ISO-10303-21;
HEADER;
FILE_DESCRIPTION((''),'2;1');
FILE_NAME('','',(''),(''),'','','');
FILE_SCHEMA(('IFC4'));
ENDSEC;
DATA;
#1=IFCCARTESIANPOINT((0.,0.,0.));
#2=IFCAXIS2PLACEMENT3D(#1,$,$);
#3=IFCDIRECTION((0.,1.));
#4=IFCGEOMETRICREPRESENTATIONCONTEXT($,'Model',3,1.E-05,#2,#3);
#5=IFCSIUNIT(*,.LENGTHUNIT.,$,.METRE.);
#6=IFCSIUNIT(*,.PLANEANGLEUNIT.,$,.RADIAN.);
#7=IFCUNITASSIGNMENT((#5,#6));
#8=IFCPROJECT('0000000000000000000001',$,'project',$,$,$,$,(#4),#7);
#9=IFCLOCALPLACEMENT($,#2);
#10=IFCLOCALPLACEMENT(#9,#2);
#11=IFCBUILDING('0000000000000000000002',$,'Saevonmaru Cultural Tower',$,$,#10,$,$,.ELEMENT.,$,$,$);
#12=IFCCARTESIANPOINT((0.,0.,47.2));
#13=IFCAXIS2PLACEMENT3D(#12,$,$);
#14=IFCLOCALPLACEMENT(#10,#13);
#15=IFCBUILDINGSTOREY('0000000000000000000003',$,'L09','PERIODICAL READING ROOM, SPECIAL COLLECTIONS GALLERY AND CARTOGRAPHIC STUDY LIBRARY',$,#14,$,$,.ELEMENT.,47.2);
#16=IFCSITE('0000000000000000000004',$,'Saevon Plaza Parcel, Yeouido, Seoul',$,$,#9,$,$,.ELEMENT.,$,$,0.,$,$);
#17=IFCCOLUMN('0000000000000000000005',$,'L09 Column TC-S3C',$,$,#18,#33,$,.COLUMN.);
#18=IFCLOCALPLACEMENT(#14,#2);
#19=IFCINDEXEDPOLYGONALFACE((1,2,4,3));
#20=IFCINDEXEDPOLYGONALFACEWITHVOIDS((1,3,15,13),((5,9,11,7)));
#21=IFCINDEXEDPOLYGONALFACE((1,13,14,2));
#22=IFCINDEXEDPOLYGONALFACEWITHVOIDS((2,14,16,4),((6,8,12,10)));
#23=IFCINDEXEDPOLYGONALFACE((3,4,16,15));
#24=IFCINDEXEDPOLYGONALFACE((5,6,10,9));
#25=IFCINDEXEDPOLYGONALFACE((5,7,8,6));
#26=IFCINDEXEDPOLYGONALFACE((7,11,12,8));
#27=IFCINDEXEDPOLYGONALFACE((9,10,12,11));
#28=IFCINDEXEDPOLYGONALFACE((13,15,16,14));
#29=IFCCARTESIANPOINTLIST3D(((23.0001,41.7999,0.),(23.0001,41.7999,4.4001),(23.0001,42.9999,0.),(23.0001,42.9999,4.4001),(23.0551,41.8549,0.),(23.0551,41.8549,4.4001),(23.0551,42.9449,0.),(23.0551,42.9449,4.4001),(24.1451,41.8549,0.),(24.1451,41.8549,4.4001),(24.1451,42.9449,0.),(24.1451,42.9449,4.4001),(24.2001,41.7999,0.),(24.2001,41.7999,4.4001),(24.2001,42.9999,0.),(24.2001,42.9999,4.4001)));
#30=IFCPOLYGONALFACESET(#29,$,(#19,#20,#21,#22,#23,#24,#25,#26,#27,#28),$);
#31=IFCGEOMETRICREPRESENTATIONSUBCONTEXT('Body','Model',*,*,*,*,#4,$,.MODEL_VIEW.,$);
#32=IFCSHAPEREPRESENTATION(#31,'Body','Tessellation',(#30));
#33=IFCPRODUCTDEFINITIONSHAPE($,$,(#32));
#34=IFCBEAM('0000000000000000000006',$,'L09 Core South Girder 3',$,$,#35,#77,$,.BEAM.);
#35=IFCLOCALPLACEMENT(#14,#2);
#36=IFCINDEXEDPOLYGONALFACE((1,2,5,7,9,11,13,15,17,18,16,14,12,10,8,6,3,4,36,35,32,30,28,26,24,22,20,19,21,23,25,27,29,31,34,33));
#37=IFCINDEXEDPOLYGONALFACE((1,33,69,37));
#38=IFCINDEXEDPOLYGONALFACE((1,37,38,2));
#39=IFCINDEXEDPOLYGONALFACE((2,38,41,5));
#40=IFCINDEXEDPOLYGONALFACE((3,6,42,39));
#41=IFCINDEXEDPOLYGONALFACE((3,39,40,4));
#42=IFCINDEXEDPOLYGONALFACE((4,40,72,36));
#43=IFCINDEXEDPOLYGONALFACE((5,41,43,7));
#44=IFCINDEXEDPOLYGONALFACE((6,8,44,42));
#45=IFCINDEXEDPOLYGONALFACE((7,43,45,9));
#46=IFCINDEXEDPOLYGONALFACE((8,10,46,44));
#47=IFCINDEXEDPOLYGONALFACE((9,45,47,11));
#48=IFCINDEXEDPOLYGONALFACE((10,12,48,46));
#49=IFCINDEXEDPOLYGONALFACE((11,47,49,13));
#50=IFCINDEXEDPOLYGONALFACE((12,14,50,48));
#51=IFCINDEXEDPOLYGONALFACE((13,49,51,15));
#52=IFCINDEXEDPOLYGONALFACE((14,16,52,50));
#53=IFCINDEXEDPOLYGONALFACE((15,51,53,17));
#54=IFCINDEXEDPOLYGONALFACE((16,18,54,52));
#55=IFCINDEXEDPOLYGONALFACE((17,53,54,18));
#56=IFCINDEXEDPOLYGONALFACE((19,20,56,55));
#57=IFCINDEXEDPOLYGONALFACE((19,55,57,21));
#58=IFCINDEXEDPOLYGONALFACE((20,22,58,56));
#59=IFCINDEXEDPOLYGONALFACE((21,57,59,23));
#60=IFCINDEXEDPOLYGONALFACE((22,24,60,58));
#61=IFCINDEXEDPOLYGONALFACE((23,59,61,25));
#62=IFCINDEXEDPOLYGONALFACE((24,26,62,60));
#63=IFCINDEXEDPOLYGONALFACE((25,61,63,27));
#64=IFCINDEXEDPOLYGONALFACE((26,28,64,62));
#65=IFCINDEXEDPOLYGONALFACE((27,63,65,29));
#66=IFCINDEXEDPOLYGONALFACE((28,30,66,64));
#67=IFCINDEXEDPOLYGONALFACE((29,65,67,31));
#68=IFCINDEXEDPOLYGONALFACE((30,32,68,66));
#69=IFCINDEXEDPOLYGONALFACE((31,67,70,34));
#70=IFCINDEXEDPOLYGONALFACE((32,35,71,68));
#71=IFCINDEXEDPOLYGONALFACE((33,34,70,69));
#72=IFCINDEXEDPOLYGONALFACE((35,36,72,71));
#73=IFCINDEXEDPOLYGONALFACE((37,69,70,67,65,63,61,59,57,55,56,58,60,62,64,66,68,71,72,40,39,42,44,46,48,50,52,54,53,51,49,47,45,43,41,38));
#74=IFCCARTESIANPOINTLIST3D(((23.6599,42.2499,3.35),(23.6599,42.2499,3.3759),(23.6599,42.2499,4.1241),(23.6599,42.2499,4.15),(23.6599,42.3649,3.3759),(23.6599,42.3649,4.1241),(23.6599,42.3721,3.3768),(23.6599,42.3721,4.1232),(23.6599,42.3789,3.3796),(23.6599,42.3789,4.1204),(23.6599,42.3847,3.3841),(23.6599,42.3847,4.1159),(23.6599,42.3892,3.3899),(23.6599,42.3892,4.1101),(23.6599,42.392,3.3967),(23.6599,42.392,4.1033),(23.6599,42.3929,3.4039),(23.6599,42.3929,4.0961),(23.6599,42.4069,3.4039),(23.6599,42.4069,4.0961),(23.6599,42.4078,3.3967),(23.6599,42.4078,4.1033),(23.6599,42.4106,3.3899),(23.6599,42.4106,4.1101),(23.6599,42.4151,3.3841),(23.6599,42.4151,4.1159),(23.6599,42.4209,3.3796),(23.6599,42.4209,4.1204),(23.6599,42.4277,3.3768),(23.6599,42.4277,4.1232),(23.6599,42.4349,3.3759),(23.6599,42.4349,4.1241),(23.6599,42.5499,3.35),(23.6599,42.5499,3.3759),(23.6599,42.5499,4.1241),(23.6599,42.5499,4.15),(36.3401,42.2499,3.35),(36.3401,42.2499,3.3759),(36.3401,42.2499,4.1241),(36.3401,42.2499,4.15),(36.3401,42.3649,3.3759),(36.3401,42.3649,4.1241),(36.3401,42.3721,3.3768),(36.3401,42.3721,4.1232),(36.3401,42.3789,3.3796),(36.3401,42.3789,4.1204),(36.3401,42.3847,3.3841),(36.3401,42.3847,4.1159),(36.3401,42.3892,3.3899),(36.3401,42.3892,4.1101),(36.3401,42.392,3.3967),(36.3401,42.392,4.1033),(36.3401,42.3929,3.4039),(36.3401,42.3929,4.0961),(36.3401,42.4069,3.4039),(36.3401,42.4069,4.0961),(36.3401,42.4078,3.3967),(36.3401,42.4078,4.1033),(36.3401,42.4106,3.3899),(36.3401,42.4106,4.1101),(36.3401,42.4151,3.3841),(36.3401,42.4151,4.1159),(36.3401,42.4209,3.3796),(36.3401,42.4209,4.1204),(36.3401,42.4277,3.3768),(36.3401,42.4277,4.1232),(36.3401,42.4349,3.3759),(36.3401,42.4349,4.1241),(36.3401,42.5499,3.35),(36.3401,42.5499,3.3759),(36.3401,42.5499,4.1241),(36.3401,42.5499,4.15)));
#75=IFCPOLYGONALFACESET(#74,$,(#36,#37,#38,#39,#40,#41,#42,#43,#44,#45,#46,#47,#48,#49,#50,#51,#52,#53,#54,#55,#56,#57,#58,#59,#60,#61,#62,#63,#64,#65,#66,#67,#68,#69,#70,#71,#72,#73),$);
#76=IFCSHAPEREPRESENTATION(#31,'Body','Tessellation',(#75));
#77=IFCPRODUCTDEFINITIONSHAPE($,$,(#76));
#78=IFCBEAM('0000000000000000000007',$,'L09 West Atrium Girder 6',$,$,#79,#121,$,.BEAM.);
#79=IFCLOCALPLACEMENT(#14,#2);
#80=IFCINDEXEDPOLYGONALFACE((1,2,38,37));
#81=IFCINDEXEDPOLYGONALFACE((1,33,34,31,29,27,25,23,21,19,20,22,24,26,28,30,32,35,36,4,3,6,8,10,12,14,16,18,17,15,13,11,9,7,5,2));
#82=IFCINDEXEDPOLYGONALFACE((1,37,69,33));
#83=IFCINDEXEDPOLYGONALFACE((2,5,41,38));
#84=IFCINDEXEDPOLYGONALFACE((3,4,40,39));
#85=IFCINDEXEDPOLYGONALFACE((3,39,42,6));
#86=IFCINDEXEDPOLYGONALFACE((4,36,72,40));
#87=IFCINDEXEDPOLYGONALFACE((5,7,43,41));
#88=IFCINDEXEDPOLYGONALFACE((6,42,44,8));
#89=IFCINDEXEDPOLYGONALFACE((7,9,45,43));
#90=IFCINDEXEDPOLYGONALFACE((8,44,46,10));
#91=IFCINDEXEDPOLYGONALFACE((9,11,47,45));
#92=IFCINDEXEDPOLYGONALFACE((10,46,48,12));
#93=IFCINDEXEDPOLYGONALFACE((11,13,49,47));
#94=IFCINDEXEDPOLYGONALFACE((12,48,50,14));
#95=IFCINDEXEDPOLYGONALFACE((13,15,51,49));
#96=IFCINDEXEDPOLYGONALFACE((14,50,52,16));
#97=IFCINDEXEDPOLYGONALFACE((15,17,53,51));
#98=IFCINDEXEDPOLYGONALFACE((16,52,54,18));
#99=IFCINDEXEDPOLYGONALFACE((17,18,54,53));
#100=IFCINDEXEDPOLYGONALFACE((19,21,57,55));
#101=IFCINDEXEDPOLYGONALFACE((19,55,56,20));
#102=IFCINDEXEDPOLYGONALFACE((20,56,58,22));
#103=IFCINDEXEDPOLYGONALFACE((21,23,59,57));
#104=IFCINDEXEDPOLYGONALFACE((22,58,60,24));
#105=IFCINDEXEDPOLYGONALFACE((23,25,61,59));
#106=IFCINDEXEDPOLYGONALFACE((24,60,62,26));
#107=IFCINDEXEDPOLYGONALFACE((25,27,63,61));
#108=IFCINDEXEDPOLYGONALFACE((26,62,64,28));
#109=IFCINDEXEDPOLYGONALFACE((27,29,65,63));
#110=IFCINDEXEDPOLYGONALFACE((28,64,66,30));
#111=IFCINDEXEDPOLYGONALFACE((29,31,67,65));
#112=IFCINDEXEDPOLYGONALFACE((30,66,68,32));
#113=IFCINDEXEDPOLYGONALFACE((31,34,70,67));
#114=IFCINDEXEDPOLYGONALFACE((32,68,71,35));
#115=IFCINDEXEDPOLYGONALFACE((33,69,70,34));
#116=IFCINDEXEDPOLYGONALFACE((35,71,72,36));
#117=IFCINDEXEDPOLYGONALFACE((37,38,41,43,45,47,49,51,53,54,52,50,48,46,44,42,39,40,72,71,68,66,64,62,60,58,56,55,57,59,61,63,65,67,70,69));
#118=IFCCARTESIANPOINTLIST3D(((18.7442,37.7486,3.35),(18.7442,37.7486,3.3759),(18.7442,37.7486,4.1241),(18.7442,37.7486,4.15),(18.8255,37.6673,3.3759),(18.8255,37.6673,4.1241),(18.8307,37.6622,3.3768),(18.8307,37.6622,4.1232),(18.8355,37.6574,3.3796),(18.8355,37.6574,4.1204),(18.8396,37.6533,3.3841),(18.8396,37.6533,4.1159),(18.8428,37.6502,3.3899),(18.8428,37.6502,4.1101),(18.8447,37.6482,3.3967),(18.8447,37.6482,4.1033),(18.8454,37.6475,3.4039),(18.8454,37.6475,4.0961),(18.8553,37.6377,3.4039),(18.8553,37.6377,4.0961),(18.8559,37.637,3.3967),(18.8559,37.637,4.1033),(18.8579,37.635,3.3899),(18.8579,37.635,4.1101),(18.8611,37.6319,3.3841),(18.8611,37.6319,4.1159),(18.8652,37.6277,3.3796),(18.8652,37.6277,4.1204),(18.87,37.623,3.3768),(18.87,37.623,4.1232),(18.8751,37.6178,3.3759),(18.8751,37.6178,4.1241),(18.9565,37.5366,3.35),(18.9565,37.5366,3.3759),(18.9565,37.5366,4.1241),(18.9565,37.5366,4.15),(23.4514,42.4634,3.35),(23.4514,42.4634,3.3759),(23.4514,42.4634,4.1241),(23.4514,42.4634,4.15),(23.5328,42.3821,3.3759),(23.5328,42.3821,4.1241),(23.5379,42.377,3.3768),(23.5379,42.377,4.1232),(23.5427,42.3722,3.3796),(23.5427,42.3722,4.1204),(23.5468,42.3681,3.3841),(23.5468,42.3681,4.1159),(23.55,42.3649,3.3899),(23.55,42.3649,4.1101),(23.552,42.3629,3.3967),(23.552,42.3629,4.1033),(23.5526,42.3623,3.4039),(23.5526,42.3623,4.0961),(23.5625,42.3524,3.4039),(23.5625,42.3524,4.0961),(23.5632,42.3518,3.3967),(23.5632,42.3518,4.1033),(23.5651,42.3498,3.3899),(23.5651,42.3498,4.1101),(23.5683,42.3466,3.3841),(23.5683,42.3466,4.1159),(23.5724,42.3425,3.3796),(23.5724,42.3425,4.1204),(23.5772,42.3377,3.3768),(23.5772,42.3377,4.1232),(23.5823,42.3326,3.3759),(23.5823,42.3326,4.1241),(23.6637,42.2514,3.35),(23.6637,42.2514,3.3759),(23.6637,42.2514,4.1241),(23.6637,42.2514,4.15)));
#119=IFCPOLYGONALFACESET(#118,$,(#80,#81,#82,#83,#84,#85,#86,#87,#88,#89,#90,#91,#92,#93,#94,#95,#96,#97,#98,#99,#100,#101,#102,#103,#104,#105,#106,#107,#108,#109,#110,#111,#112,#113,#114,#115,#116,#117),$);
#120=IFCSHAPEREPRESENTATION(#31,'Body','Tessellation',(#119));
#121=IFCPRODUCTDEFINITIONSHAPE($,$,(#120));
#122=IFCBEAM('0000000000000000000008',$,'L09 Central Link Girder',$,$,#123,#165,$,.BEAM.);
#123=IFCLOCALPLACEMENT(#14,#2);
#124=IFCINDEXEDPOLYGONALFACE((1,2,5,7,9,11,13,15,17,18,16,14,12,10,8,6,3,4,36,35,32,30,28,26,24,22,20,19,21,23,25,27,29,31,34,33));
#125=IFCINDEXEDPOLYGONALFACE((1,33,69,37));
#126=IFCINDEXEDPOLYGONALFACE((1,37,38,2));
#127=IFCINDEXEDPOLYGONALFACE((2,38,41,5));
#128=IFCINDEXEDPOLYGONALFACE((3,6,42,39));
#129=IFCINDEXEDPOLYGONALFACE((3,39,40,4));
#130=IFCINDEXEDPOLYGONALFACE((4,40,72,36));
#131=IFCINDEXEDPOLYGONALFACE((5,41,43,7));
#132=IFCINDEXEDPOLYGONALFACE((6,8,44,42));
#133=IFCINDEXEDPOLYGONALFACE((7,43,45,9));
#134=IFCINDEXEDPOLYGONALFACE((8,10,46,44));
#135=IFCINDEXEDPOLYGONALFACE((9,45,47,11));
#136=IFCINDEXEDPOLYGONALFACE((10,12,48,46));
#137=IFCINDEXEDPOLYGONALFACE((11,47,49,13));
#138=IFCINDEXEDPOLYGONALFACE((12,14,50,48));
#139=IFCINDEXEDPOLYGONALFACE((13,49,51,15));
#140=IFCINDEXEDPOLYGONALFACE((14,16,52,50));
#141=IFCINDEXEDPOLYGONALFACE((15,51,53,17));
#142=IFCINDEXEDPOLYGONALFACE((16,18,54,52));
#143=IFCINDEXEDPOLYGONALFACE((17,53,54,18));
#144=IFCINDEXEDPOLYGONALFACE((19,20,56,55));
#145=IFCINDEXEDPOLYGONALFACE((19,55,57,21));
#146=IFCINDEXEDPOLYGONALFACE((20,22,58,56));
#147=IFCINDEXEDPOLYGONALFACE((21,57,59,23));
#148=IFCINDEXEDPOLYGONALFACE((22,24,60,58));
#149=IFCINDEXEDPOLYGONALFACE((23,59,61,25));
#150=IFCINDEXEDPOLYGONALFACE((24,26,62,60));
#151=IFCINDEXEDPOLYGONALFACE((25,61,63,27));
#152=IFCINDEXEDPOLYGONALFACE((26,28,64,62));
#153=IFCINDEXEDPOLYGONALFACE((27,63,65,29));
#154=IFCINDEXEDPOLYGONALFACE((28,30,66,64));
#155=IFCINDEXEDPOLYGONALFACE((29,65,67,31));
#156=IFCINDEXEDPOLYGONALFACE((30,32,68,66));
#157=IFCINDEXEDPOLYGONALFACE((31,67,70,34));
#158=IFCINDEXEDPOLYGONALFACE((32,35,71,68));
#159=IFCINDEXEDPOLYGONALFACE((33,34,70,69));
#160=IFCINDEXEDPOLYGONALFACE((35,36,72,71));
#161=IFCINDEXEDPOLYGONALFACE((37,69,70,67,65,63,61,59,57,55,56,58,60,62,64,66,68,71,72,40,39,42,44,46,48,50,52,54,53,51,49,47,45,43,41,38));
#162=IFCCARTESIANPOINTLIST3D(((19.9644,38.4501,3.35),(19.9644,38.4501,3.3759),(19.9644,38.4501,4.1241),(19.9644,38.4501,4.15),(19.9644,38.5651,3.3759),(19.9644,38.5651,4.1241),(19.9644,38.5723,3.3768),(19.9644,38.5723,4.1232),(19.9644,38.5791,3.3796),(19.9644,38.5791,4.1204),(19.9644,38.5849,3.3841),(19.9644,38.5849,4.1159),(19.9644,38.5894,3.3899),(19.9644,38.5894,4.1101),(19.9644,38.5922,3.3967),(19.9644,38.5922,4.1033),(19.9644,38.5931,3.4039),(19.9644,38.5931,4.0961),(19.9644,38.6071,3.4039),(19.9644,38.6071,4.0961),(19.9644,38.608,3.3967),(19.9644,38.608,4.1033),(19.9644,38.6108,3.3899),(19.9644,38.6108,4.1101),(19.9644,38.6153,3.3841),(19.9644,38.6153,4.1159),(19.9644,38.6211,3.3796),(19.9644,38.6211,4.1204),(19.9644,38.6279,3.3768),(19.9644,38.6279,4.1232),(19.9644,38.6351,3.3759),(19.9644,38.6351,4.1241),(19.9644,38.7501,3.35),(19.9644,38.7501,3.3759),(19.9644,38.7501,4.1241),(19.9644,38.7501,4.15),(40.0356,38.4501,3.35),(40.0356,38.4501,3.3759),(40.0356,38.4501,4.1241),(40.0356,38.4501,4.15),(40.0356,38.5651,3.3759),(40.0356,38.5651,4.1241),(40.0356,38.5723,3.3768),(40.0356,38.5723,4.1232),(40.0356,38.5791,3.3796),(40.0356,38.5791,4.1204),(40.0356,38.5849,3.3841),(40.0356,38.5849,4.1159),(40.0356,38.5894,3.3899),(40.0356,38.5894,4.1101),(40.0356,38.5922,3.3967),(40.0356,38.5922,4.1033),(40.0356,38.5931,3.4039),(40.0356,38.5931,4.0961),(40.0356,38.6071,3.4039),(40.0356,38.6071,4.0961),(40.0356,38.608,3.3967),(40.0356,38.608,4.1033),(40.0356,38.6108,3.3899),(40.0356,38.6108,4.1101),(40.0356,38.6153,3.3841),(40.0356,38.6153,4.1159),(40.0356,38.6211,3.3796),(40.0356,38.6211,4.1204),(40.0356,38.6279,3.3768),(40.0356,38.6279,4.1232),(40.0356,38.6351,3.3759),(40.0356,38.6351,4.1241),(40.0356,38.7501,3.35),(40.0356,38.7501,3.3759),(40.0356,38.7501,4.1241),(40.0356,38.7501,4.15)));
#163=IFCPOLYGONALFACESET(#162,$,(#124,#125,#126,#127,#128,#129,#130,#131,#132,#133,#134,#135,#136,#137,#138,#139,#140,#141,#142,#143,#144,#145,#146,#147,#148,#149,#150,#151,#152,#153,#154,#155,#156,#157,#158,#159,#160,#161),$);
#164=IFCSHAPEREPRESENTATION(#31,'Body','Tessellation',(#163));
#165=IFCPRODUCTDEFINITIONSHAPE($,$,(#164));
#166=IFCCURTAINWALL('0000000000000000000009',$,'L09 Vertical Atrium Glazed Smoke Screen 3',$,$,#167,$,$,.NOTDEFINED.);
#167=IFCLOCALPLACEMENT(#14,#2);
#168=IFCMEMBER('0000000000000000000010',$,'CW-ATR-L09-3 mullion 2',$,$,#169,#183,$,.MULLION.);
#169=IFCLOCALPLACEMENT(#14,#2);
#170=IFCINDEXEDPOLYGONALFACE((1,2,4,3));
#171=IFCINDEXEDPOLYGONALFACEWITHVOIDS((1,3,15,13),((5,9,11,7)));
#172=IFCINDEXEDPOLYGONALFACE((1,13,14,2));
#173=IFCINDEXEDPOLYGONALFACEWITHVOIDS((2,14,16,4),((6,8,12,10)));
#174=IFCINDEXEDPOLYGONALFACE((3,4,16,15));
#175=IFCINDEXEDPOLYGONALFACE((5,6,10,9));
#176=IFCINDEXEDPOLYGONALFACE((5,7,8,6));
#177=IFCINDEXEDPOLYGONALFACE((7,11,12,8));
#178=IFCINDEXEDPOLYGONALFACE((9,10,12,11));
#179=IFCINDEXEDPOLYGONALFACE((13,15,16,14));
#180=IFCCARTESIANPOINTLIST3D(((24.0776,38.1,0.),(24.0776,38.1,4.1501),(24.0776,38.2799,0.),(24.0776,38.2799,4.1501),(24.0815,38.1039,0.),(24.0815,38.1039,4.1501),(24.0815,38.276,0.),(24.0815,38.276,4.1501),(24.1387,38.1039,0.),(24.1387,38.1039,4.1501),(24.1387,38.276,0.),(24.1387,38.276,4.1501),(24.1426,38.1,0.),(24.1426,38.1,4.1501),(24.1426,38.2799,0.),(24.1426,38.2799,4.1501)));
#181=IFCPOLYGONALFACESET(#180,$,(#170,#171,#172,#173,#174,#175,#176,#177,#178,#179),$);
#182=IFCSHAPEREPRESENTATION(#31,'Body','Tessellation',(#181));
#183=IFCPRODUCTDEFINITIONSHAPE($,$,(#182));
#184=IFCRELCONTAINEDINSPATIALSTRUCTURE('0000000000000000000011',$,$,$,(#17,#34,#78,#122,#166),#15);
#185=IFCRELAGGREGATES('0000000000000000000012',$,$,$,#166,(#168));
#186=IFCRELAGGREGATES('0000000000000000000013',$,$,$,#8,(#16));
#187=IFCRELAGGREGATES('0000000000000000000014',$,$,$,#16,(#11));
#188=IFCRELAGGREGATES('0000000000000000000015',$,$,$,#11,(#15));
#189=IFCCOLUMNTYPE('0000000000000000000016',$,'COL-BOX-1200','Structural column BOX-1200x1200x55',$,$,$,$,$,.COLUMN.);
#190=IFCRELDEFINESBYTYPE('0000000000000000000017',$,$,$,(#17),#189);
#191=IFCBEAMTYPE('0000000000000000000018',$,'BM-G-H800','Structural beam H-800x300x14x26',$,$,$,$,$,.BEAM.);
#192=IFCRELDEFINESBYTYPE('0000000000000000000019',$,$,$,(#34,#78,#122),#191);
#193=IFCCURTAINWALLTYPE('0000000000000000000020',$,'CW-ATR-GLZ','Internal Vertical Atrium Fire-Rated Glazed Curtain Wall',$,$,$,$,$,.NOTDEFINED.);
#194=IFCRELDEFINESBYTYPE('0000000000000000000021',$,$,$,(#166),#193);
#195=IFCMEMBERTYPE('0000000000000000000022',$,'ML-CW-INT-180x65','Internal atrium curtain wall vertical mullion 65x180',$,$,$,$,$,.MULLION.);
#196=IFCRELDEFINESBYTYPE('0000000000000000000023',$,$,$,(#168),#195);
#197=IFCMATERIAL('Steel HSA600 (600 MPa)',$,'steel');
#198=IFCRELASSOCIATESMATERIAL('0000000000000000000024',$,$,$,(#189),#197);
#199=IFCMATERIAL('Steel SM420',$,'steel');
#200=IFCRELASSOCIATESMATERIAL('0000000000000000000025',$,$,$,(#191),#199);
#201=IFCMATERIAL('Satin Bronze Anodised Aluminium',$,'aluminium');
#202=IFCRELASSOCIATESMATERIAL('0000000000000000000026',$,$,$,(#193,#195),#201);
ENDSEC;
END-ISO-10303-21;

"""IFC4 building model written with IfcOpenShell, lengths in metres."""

from ifc_helpers import new_model, si_unit, direction, frame, origin, origin_2d, place, context, subcontext, project, spatial, hollow_rectangle, i_section, extrude, material, material_profile, profile_set, type_object, element, aggregate, save


model = new_model("IFC4")

# Units and contexts
model_context = context("Model", 3, precision=1e-05, world=origin(), true_north=direction((0.0, 1.0)))
body_context = subcontext(model_context, "Body", "Model", "MODEL_VIEW")
ifc_project = project(units=[si_unit("LENGTHUNIT", "METRE"), si_unit("PLANEANGLEUNIT", "RADIAN")], contexts=[model_context])

# Site, building, storey
site_placement = place(None, origin())
site = spatial("IfcSite", under=ifc_project, at=site_placement, Name="Saevon Plaza Parcel, Yeouido, Seoul", CompositionType="ELEMENT", RefElevation=0.0)
building_placement = place(site_placement, origin())
building = spatial("IfcBuilding", under=site, at=building_placement, Name="Saevonmaru Cultural Tower", CompositionType="ELEMENT")
storey_placement = place(building_placement, frame((0.0, 0.0, 47.2)))
storey = spatial("IfcBuildingStorey", under=building, at=storey_placement, Name="L09", Description="PERIODICAL READING ROOM, SPECIAL COLLECTIONS GALLERY AND CARTOGRAPHIC STUDY LIBRARY", CompositionType="ELEMENT", Elevation=47.2)

# Column
ifc_material_1 = material(Name="Steel HSA600 (600 MPa)", Category="steel")
ifc_material_profile_1 = material_profile(ifc_material_1, hollow_rectangle(XDim=1.2, YDim=1.2, WallThickness=0.0549, at=origin_2d()), Name="BOX-1200x1200x55")
ifc_profile_set_1 = profile_set([ifc_material_profile_1], Name="Steel HSA600 (600 MPa)")
column_type = type_object("IfcColumnType", Name="COL-BOX-1200", Description="Structural column BOX-1200x1200x55", PredefinedType="COLUMN", material=ifc_profile_set_1)
column_placement = place(storey_placement, frame((23.6001, 42.3999, 0.0), z_axis=(0.0, 0.0, 1.0), x_axis=(1.0, 0.0, 0.0)))
element("IfcColumn", 1, at=column_placement, inside=storey, type_object=column_type, Name="L09 Column TC-S3C", PredefinedType="COLUMN", context=body_context, shape_type="SweptSolid", body=[
    extrude(hollow_rectangle(XDim=1.2, YDim=1.2, WallThickness=0.0549, at=origin_2d()), origin(), (0.0, 0.0, 1.0), 4.4001),
])

# Beams
ifc_material_2 = material(Name="Steel SM420", Category="steel")
ifc_material_profile_2 = material_profile(ifc_material_2, i_section(OverallWidth=0.3, OverallDepth=0.8, WebThickness=0.0139, FlangeThickness=0.0259, FilletRadius=0.0281, at=origin_2d()), Name="H-800x300x14x26")
ifc_profile_set_2 = profile_set([ifc_material_profile_2], Name="Steel SM420")
beam_type = type_object("IfcBeamType", Name="BM-G-H800", Description="Structural beam H-800x300x14x26", PredefinedType="BEAM", material=ifc_profile_set_2)
beam_1_placement = place(storey_placement, frame((23.6599, 42.3999, 3.75), z_axis=(1.0, 0.0, 0.0), x_axis=(0.0, 1.0, 0.0)))
element("IfcBeam", 2, at=beam_1_placement, inside=storey, type_object=beam_type, Name="L09 Core South Girder 3", PredefinedType="BEAM", context=body_context, shape_type="SweptSolid", body=[
    extrude(i_section(OverallWidth=0.3, OverallDepth=0.8, WebThickness=0.0139, FlangeThickness=0.0259, FilletRadius=0.0281, at=origin_2d()), origin(), (0.0, 0.0, 1.0), 12.6802),
])
beam_2_placement = place(storey_placement, frame((18.8503, 37.6426, 3.75), z_axis=(0.706539, 0.707675, 0.0), x_axis=(-0.707675, 0.706539, 0.0)))
element("IfcBeam", 3, at=beam_2_placement, inside=storey, type_object=beam_type, Name="L09 West Atrium Girder 6", PredefinedType="BEAM", context=body_context, shape_type="SweptSolid", body=[
    extrude(i_section(OverallWidth=0.3, OverallDepth=0.8, WebThickness=0.0139, FlangeThickness=0.0259, FilletRadius=0.0281, at=origin_2d()), origin(), (0.0, 0.0, 1.0), 6.6624),
])
beam_3_placement = place(storey_placement, frame((19.9644, 38.6001, 3.75), z_axis=(1.0, 0.0, 0.0), x_axis=(0.0, 1.0, 0.0)))
element("IfcBeam", 4, at=beam_3_placement, inside=storey, type_object=beam_type, Name="L09 Central Link Girder", PredefinedType="BEAM", context=body_context, shape_type="SweptSolid", body=[
    extrude(i_section(OverallWidth=0.3, OverallDepth=0.8, WebThickness=0.0139, FlangeThickness=0.0259, FilletRadius=0.0281, at=origin_2d()), origin(), (0.0, 0.0, 1.0), 20.0713),
])

# Curtain wall, member
ifc_material_3 = material(Name="Satin Bronze Anodised Aluminium", Category="aluminium")
curtain_wall_type = type_object("IfcCurtainWallType", Name="CW-ATR-GLZ", Description="Internal Vertical Atrium Fire-Rated Glazed Curtain Wall", PredefinedType="NOTDEFINED", material=ifc_material_3)
curtain_wall_1_placement = place(storey_placement, origin())
curtain_wall_1 = element("IfcCurtainWall", 5, at=curtain_wall_1_placement, inside=storey, type_object=curtain_wall_type, Name="L09 Vertical Atrium Glazed Smoke Screen 3", PredefinedType="NOTDEFINED")
ifc_material_profile_3 = material_profile(ifc_material_3, hollow_rectangle(XDim=0.0649, YDim=0.1799, WallThickness=0.0039, at=origin_2d()), Name="ALU-MULL-180x65x4")
ifc_profile_set_3 = profile_set([ifc_material_profile_3], Name="Satin Bronze Anodised Aluminium")
member_type_1 = type_object("IfcMemberType", Name="ML-CW-INT-180x65", Description="Internal atrium curtain wall vertical mullion 65x180", PredefinedType="MULLION", material=ifc_profile_set_3)
member_1_placement = place(storey_placement, frame((24.1101, 38.1899, 0.0), z_axis=(0.0, 0.0, 1.0), x_axis=(-1.0, 0.0, 0.0)))
member_1 = element("IfcMember", 6, at=member_1_placement, type_object=member_type_1, Name="CW-ATR-L09-3 mullion 2", PredefinedType="MULLION", context=body_context, shape_type="SweptSolid", body=[
    extrude(hollow_rectangle(XDim=0.0649, YDim=0.1799, WallThickness=0.0039, at=origin_2d()), origin(), (0.0, 0.0, 1.0), 4.1501),
])
aggregate(curtain_wall_1, [member_1])

save(model, "model.ifc")
